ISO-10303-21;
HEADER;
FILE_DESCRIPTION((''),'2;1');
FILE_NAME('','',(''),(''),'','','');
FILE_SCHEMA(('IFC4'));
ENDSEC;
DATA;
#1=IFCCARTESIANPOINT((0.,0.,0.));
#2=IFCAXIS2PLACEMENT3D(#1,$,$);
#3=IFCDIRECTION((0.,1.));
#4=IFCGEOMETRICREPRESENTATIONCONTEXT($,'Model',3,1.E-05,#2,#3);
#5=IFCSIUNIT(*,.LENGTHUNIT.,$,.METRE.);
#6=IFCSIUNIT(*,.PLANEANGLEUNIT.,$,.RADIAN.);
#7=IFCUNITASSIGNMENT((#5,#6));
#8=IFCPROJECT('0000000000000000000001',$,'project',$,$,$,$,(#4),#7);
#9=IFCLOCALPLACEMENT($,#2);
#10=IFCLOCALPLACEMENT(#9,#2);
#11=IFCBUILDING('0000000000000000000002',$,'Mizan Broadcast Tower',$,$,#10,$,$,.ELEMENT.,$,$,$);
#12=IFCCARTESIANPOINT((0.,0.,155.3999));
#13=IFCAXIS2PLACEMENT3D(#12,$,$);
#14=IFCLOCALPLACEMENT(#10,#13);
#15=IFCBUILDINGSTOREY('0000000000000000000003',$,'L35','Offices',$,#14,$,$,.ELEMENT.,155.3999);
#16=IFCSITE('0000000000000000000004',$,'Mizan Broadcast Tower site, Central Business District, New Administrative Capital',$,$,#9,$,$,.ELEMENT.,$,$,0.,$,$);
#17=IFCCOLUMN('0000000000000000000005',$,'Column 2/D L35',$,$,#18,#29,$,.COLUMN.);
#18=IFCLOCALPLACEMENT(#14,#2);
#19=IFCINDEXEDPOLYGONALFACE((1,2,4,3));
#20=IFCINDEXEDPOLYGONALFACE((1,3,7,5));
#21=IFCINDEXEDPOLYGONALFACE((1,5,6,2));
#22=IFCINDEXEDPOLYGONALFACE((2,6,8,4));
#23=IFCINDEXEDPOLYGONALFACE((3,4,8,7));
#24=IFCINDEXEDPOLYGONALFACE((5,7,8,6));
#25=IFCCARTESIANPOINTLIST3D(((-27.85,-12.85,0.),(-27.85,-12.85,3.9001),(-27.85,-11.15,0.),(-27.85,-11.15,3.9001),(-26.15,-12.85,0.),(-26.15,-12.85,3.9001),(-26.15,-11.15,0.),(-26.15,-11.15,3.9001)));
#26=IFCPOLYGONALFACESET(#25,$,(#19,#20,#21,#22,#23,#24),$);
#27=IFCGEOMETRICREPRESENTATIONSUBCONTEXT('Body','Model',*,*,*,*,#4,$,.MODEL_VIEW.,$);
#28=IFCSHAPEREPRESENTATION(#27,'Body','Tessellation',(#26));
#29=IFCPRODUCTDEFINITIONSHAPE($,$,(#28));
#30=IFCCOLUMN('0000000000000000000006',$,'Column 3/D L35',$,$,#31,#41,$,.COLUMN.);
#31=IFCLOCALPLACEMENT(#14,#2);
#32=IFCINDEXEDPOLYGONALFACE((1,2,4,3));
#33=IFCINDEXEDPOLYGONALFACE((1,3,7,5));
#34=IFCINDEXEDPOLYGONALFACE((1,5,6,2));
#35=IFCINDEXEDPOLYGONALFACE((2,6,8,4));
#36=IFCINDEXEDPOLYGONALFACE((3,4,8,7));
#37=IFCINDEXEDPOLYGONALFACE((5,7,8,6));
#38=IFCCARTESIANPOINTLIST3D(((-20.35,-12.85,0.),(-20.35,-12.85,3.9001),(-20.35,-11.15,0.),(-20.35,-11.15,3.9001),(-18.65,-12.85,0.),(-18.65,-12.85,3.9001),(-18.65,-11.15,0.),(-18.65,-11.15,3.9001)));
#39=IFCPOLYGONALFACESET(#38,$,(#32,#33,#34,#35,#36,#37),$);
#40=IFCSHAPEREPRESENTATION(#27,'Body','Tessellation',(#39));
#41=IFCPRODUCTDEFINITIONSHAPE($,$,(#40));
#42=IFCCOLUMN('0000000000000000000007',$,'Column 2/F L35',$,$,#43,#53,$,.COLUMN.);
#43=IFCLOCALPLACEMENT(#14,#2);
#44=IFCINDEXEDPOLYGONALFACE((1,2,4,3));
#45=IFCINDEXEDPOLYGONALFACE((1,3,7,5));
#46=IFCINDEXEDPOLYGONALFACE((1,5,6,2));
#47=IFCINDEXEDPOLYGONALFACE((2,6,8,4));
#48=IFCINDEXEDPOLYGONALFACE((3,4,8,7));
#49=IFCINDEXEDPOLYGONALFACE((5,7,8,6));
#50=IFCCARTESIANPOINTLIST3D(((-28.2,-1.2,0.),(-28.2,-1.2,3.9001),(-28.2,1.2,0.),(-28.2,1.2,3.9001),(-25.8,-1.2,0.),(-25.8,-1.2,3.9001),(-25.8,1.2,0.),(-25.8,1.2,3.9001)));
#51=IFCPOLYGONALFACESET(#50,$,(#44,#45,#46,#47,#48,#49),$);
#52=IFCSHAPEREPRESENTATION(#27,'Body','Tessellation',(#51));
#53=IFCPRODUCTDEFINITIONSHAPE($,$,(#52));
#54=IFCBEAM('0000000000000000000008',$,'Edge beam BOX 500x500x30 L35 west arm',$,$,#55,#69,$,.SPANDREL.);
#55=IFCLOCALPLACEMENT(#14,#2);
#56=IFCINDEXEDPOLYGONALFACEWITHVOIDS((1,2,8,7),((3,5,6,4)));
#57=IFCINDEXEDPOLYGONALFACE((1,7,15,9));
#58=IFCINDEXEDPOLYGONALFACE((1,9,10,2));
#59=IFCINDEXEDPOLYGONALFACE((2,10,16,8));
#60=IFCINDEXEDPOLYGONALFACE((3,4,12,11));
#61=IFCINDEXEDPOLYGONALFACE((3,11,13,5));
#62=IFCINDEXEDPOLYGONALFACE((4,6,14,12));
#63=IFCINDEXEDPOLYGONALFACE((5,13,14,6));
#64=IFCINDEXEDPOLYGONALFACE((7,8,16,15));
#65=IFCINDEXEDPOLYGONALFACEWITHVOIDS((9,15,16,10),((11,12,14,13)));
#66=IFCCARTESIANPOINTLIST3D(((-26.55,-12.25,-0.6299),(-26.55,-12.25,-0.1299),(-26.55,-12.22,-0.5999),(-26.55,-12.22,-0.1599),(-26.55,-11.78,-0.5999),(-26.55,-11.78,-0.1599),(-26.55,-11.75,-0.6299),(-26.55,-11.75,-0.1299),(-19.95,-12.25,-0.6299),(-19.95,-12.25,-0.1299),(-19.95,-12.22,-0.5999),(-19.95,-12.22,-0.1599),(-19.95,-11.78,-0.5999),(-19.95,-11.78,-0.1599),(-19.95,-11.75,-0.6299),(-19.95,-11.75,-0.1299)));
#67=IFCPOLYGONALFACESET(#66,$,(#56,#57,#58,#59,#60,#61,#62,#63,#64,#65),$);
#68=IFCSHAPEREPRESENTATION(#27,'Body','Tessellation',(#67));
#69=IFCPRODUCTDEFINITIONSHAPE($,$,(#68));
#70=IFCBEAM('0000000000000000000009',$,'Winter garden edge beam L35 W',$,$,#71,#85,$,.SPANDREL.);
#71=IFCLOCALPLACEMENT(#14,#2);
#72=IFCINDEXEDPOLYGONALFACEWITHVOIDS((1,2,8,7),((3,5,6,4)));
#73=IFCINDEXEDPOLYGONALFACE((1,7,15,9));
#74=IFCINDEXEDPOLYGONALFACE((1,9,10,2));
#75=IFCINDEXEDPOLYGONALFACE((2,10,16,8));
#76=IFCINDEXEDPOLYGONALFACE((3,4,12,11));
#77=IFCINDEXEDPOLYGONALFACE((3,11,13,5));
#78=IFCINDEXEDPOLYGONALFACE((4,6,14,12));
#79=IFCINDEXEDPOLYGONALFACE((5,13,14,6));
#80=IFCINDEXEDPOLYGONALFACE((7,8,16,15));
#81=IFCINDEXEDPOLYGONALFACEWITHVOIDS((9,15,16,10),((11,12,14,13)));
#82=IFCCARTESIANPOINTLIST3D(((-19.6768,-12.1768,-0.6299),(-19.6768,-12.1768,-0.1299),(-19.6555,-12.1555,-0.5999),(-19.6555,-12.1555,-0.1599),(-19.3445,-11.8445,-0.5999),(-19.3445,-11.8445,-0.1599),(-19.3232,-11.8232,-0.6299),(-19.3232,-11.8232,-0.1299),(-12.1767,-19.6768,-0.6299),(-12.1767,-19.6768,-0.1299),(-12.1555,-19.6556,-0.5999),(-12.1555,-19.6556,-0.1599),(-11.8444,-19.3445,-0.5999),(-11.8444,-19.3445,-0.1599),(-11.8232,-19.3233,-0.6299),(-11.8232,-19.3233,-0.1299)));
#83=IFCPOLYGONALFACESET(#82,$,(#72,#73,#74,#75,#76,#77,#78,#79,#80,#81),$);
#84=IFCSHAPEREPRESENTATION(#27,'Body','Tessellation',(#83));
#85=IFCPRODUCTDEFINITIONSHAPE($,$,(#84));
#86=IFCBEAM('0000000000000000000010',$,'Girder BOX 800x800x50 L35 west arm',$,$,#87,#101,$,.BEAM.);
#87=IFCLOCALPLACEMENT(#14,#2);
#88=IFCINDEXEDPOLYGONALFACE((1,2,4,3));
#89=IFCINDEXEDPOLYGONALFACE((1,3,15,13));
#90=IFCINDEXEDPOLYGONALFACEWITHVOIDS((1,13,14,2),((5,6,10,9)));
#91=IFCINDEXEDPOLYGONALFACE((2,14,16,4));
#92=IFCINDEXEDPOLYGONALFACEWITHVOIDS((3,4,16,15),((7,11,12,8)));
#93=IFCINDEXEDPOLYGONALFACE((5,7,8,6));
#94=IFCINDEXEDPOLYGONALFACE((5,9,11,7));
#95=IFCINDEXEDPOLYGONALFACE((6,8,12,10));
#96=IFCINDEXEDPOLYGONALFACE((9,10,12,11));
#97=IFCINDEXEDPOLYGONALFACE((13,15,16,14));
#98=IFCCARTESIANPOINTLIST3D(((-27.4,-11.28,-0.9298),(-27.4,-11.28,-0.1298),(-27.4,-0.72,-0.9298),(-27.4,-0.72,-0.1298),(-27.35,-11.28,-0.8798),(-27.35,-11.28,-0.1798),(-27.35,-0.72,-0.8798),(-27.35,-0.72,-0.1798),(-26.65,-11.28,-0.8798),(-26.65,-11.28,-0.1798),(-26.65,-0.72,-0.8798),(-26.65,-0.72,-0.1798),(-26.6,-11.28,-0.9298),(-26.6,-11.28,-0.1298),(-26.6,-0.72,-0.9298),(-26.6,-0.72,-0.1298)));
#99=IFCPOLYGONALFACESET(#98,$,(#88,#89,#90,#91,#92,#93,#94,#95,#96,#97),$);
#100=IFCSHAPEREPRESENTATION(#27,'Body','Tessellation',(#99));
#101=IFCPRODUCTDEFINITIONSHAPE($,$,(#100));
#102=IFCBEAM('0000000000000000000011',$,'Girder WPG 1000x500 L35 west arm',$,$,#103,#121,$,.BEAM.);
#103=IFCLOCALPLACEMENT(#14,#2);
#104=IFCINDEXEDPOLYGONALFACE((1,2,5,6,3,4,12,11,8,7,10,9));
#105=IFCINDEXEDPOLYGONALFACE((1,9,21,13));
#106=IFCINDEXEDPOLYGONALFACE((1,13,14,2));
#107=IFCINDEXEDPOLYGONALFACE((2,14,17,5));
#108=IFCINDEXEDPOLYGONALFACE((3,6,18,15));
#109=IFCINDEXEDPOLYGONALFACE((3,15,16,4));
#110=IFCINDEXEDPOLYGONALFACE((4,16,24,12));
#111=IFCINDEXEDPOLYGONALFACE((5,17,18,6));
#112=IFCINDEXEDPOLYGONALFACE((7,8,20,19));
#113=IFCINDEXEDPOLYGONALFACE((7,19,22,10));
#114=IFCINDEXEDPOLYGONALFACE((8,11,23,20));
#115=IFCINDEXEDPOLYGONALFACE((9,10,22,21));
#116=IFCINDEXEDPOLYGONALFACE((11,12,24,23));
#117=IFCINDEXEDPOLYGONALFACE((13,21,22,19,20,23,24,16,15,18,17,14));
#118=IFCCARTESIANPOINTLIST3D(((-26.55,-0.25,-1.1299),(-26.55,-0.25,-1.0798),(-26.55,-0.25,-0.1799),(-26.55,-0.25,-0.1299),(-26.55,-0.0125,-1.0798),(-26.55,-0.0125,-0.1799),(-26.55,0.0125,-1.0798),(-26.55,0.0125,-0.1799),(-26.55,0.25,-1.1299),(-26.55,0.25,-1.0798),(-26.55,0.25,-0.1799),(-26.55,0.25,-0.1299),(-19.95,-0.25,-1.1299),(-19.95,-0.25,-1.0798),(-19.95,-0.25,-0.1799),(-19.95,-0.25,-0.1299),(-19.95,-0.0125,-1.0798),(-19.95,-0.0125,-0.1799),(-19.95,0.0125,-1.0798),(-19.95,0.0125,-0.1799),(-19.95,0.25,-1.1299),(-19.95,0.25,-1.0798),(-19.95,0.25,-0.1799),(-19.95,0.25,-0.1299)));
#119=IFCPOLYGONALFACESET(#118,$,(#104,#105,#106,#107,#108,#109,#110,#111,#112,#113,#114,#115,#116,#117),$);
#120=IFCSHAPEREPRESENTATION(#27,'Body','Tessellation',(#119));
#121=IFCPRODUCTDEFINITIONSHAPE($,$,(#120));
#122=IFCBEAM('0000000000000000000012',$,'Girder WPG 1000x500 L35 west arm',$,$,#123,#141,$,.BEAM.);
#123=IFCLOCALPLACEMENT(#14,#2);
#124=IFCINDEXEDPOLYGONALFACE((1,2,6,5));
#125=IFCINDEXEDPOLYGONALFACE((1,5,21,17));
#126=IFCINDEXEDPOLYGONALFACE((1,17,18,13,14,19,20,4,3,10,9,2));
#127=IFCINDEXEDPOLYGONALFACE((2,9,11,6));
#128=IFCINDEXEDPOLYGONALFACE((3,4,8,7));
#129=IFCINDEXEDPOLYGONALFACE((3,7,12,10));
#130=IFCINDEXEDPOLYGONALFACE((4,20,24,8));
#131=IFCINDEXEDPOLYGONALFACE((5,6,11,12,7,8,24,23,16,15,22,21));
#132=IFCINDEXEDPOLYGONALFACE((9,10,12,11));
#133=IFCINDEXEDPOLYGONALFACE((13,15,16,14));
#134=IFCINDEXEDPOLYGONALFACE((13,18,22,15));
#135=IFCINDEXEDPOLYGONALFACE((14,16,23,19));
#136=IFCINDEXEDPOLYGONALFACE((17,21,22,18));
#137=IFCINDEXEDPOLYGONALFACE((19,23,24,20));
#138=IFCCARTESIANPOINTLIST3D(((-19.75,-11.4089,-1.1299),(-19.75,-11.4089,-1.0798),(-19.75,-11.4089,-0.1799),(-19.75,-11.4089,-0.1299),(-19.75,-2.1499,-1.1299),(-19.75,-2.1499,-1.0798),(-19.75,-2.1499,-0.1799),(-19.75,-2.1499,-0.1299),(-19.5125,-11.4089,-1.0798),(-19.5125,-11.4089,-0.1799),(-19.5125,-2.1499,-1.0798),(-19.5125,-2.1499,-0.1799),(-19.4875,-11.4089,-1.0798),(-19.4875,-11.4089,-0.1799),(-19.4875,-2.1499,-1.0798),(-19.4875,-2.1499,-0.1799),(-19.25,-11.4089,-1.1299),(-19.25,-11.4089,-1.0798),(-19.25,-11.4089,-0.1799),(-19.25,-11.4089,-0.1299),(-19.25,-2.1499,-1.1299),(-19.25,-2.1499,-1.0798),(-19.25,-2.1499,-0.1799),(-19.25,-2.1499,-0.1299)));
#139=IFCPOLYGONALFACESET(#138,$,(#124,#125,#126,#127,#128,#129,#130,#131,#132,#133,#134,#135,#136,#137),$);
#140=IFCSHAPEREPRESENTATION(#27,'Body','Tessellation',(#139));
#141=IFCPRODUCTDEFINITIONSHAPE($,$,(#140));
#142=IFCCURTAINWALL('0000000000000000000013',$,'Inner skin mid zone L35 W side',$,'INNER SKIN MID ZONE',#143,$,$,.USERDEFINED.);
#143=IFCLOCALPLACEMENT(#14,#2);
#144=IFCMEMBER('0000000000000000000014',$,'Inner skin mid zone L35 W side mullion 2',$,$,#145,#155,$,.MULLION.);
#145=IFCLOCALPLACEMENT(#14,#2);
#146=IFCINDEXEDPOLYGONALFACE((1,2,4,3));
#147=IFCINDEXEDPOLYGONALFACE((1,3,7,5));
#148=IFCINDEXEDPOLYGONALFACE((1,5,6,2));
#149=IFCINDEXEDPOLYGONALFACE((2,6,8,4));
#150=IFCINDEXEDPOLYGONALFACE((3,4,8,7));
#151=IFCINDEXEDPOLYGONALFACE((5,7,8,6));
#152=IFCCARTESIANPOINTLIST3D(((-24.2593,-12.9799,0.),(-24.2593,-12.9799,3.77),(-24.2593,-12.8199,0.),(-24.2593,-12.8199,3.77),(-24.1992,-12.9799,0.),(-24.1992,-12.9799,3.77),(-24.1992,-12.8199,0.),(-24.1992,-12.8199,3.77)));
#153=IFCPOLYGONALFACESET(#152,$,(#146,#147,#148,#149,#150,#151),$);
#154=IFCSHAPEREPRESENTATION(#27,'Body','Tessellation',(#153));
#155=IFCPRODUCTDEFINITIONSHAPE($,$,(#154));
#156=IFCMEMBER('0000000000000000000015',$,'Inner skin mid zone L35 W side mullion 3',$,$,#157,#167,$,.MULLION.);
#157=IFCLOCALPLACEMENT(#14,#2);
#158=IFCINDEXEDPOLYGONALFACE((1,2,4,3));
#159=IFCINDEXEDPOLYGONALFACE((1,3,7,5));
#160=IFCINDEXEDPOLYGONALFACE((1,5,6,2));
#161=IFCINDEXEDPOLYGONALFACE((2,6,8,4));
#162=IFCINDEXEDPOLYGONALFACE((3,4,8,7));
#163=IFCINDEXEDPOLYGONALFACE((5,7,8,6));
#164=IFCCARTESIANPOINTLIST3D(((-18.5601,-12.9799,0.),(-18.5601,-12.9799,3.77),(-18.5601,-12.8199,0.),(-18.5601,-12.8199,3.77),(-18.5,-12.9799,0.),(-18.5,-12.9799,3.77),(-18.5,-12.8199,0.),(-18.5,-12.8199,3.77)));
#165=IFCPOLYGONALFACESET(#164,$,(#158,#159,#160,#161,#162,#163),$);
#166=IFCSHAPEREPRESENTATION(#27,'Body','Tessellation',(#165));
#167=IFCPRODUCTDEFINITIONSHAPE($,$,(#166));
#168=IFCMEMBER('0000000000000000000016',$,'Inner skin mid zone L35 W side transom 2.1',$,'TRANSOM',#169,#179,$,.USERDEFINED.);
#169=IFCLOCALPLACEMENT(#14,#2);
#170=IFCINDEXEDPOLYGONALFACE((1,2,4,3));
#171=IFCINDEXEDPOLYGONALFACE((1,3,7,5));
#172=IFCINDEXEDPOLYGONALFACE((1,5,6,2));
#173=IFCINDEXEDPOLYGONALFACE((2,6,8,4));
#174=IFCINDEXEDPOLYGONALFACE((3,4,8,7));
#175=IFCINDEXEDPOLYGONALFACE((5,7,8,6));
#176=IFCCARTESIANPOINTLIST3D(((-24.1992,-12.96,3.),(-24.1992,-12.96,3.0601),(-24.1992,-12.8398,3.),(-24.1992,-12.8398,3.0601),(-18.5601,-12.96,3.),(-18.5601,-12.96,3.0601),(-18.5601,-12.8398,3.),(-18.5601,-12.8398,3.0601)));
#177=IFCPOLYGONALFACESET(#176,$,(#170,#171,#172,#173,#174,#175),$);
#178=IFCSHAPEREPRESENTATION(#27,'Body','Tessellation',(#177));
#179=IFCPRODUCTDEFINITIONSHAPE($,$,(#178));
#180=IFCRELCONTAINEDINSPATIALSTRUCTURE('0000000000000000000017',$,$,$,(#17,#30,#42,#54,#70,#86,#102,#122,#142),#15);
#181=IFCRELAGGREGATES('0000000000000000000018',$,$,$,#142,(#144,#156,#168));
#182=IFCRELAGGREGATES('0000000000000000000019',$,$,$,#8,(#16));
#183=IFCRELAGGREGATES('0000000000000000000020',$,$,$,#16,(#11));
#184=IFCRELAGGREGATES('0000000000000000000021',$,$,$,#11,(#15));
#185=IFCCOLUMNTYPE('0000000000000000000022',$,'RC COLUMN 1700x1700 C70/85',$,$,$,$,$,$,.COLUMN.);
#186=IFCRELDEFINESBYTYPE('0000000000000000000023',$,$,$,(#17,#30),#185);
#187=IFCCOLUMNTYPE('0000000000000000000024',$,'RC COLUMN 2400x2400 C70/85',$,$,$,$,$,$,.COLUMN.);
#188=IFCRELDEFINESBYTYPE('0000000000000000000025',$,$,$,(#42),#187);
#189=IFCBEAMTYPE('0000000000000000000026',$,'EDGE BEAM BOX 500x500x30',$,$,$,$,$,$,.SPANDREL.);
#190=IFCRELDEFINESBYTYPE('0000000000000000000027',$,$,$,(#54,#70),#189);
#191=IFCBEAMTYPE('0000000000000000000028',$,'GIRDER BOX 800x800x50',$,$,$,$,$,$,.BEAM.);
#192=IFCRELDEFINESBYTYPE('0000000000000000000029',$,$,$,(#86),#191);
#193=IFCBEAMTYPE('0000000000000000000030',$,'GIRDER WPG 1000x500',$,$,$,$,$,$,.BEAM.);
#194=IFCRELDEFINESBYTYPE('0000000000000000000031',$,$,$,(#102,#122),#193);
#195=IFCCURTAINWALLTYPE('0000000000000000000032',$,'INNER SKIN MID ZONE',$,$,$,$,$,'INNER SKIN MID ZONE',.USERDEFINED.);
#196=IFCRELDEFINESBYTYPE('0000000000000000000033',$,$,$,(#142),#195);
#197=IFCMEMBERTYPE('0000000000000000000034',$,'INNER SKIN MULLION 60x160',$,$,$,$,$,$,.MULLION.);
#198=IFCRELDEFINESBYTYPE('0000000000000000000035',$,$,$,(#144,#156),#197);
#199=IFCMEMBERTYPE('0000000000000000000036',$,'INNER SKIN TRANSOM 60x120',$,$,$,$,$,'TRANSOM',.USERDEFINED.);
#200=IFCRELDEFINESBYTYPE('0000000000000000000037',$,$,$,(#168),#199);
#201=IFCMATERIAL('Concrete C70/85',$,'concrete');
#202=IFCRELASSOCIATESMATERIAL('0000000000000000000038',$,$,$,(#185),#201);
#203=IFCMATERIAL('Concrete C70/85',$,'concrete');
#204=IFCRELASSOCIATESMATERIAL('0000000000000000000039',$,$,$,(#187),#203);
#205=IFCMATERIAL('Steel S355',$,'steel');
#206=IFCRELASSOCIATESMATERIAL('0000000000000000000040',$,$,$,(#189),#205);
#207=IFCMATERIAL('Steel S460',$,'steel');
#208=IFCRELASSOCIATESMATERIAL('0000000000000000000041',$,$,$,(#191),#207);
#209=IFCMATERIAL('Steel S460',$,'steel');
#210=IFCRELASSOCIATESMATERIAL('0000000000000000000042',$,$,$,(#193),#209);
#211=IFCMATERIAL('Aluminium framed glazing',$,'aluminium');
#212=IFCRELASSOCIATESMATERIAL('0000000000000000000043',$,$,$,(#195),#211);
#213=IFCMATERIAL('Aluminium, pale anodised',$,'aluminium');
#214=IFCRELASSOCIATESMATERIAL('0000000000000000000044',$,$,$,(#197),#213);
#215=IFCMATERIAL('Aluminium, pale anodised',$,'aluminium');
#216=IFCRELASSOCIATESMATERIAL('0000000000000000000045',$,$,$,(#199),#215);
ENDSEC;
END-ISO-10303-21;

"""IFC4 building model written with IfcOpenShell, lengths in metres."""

from ifc_helpers import new_model, si_unit, direction, frame, origin, origin_2d, place, context, subcontext, project, spatial, rectangle, hollow_rectangle, i_section, extrude, material, material_profile, profile_set, type_object, element, aggregate, save


model = new_model("IFC4")

# Units and contexts
model_context = context("Model", 3, precision=1e-05, world=origin(), true_north=direction((0.0, 1.0)))
body_context = subcontext(model_context, "Body", "Model", "MODEL_VIEW")
ifc_project = project(units=[si_unit("LENGTHUNIT", "METRE"), si_unit("PLANEANGLEUNIT", "RADIAN")], contexts=[model_context])

# Site, building, storey
site_placement = place(None, origin())
site = spatial("IfcSite", under=ifc_project, at=site_placement, Name="Mizan Broadcast Tower site, Central Business District, New Administrative Capital", CompositionType="ELEMENT", RefElevation=0.0)
building_placement = place(site_placement, origin())
building = spatial("IfcBuilding", under=site, at=building_placement, Name="Mizan Broadcast Tower", CompositionType="ELEMENT")
storey_placement = place(building_placement, frame((0.0, 0.0, 155.3999)))
storey = spatial("IfcBuildingStorey", under=building, at=storey_placement, Name="L35", Description="Offices", CompositionType="ELEMENT", Elevation=155.3999)

# Columns
ifc_material_1 = material(Name="Concrete C70/85", Category="concrete")
ifc_material_profile_1 = material_profile(ifc_material_1, rectangle(XDim=1.7, YDim=1.7, at=origin_2d()), Name="RC 1700x1700")
ifc_profile_set_1 = profile_set([ifc_material_profile_1], Name="Concrete C70/85")
column_type_1 = type_object("IfcColumnType", Name="RC COLUMN 1700x1700 C70/85", PredefinedType="COLUMN", material=ifc_profile_set_1)
for number, where, z_axis, x_axis, name in (
    (1, (-27.0, -12.0, 0.0), (0.0, 0.0, 1.0), (1.0, 0.0, 0.0), "Column 2/D L35"),
    (2, (-19.5, -12.0, 0.0), (0.0, 0.0, 1.0), (1.0, 0.0, 0.0), "Column 3/D L35"),
):
    element("IfcColumn", number, at=place(storey_placement, frame(where, z_axis=z_axis, x_axis=x_axis)), inside=storey, type_object=column_type_1, Name=name, PredefinedType="COLUMN", context=body_context, shape_type="SweptSolid", body=[
        extrude(rectangle(XDim=1.7, YDim=1.7, at=origin_2d()), origin(), (0.0, 0.0, 1.0), 3.9001),
    ])
ifc_material_2 = material(Name="Concrete C70/85", Category="concrete")
ifc_material_profile_2 = material_profile(ifc_material_2, rectangle(XDim=2.3999, YDim=2.3999, at=origin_2d()), Name="RC 2400x2400")
ifc_profile_set_2 = profile_set([ifc_material_profile_2], Name="Concrete C70/85")
column_type_2 = type_object("IfcColumnType", Name="RC COLUMN 2400x2400 C70/85", PredefinedType="COLUMN", material=ifc_profile_set_2)
column_placement = place(storey_placement, frame((-27.0, 0.0, 0.0), z_axis=(0.0, 0.0, 1.0), x_axis=(1.0, 0.0, 0.0)))
element("IfcColumn", 3, at=column_placement, inside=storey, type_object=column_type_2, Name="Column 2/F L35", PredefinedType="COLUMN", context=body_context, shape_type="SweptSolid", body=[
    extrude(rectangle(XDim=2.3999, YDim=2.3999, at=origin_2d()), origin(), (0.0, 0.0, 1.0), 3.9001),
])

# Beams
ifc_material_3 = material(Name="Steel S355", Category="steel")
ifc_material_profile_3 = material_profile(ifc_material_3, hollow_rectangle(XDim=0.5, YDim=0.5, WallThickness=0.03, at=origin_2d()), Name="BOX 500x500x30")
ifc_profile_set_3 = profile_set([ifc_material_profile_3], Name="Steel S355")
beam_type_1 = type_object("IfcBeamType", Name="EDGE BEAM BOX 500x500x30", PredefinedType="SPANDREL", material=ifc_profile_set_3)
beam_1_placement = place(storey_placement, frame((-19.95, -12.0, -0.3799), z_axis=(-1.0, 0.0, 0.0), x_axis=(0.0, -1.0, 0.0)))
element("IfcBeam", 4, at=beam_1_placement, inside=storey, type_object=beam_type_1, Name="Edge beam BOX 500x500x30 L35 west arm", PredefinedType="SPANDREL", context=body_context, shape_type="SweptSolid", body=[
    extrude(hollow_rectangle(XDim=0.5, YDim=0.5, WallThickness=0.03, at=origin_2d()), origin(), (0.0, 0.0, 1.0), 6.6001),
])
beam_2_placement = place(storey_placement, frame((-19.5, -12.0, -0.3799), z_axis=(0.707107, -0.707107, 0.0), x_axis=(0.707107, 0.707107, 0.0)))
element("IfcBeam", 5, at=beam_2_placement, inside=storey, type_object=beam_type_1, Name="Winter garden edge beam L35 W", PredefinedType="SPANDREL", context=body_context, shape_type="SweptSolid", body=[
    extrude(hollow_rectangle(XDim=0.5, YDim=0.5, WallThickness=0.03, at=origin_2d()), origin(), (0.0, 0.0, 1.0), 10.6067),
])
ifc_material_4 = material(Name="Steel S460", Category="steel")
ifc_material_profile_4 = material_profile(ifc_material_4, hollow_rectangle(XDim=0.8, YDim=0.8, WallThickness=0.05, at=origin_2d()), Name="BOX 800x800x50")
ifc_profile_set_4 = profile_set([ifc_material_profile_4], Name="Steel S460")
beam_type_2 = type_object("IfcBeamType", Name="GIRDER BOX 800x800x50", PredefinedType="BEAM", material=ifc_profile_set_4)
beam_3_placement = place(storey_placement, frame((-27.0, -11.28, -0.5298), z_axis=(0.0, 1.0, 0.0), x_axis=(-1.0, 0.0, 0.0)))
element("IfcBeam", 6, at=beam_3_placement, inside=storey, type_object=beam_type_2, Name="Girder BOX 800x800x50 L35 west arm", PredefinedType="BEAM", context=body_context, shape_type="SweptSolid", body=[
    extrude(hollow_rectangle(XDim=0.8, YDim=0.8, WallThickness=0.05, at=origin_2d()), origin(), (0.0, 0.0, 1.0), 10.5601),
])
ifc_material_5 = material(Name="Steel S460", Category="steel")
ifc_material_profile_5 = material_profile(ifc_material_5, i_section(OverallWidth=0.5, OverallDepth=1.0, WebThickness=0.0249, FlangeThickness=0.05, at=origin_2d()), Name="WPG 1000x500")
ifc_profile_set_5 = profile_set([ifc_material_profile_5], Name="Steel S460")
beam_type_3 = type_object("IfcBeamType", Name="GIRDER WPG 1000x500", PredefinedType="BEAM", material=ifc_profile_set_5)
beam_4_placement = place(storey_placement, frame((-19.95, 0.0, -0.6299), z_axis=(-1.0, 0.0, 0.0), x_axis=(0.0, -1.0, 0.0)))
element("IfcBeam", 7, at=beam_4_placement, inside=storey, type_object=beam_type_3, Name="Girder WPG 1000x500 L35 west arm", PredefinedType="BEAM", context=body_context, shape_type="SweptSolid", body=[
    extrude(i_section(OverallWidth=0.5, OverallDepth=1.0, WebThickness=0.0249, FlangeThickness=0.05, at=origin_2d()), origin(), (0.0, 0.0, 1.0), 6.6001),
])
beam_5_placement = place(storey_placement, frame((-19.5, -11.4089, -0.6299), z_axis=(0.0, 1.0, 0.0), x_axis=(-1.0, 0.0, 0.0)))
element("IfcBeam", 8, at=beam_5_placement, inside=storey, type_object=beam_type_3, Name="Girder WPG 1000x500 L35 west arm", PredefinedType="BEAM", context=body_context, shape_type="SweptSolid", body=[
    extrude(i_section(OverallWidth=0.5, OverallDepth=1.0, WebThickness=0.0249, FlangeThickness=0.05, at=origin_2d()), origin(), (0.0, 0.0, 1.0), 9.259),
])

# Curtain wall, members
ifc_material_6 = material(Name="Aluminium framed glazing", Category="aluminium")
curtain_wall_type_1 = type_object("IfcCurtainWallType", Name="INNER SKIN MID ZONE", ElementType="INNER SKIN MID ZONE", PredefinedType="USERDEFINED", material=ifc_material_6)
curtain_wall_1_placement = place(storey_placement, origin())
curtain_wall_1 = element("IfcCurtainWall", 9, at=curtain_wall_1_placement, inside=storey, type_object=curtain_wall_type_1, Name="Inner skin mid zone L35 W side", ObjectType="INNER SKIN MID ZONE", PredefinedType="USERDEFINED")
ifc_material_7 = material(Name="Aluminium, pale anodised", Category="aluminium")
ifc_material_profile_6 = material_profile(ifc_material_7, rectangle(XDim=0.1599, YDim=0.0601, at=origin_2d()), Name="MULLION 160x60")
ifc_profile_set_6 = profile_set([ifc_material_profile_6], Name="Aluminium, pale anodised")
member_type_1 = type_object("IfcMemberType", Name="INNER SKIN MULLION 60x160", PredefinedType="MULLION", material=ifc_profile_set_6)
member_1_placement = place(storey_placement, frame((-24.2292, -12.8999, 0.0), z_axis=(0.0, 0.0, 1.0), x_axis=(0.0, 1.0, 0.0)))
member_1 = element("IfcMember", 10, at=member_1_placement, type_object=member_type_1, Name="Inner skin mid zone L35 W side mullion 2", PredefinedType="MULLION", context=body_context, shape_type="SweptSolid", body=[
    extrude(rectangle(XDim=0.1599, YDim=0.0601, at=origin_2d()), origin(), (0.0, 0.0, 1.0), 3.77),
])
member_2_placement = place(storey_placement, frame((-18.53, -12.8999, 0.0), z_axis=(0.0, 0.0, 1.0), x_axis=(0.0, 1.0, 0.0)))
member_2 = element("IfcMember", 11, at=member_2_placement, type_object=member_type_1, Name="Inner skin mid zone L35 W side mullion 3", PredefinedType="MULLION", context=body_context, shape_type="SweptSolid", body=[
    extrude(rectangle(XDim=0.1599, YDim=0.0601, at=origin_2d()), origin(), (0.0, 0.0, 1.0), 3.77),
])
ifc_material_8 = material(Name="Aluminium, pale anodised", Category="aluminium")
ifc_material_profile_7 = material_profile(ifc_material_8, rectangle(XDim=0.1201, YDim=0.0601, at=origin_2d()), Name="TRANSOM 120x60")
ifc_profile_set_7 = profile_set([ifc_material_profile_7], Name="Aluminium, pale anodised")
member_type_2 = type_object("IfcMemberType", Name="INNER SKIN TRANSOM 60x120", ElementType="TRANSOM", PredefinedType="USERDEFINED", material=ifc_profile_set_7)
member_3_placement = place(storey_placement, frame((-24.1992, -12.8999, 3.03), z_axis=(1.0, 0.0, 0.0), x_axis=(0.0, 1.0, 0.0)))
member_3 = element("IfcMember", 12, at=member_3_placement, type_object=member_type_2, Name="Inner skin mid zone L35 W side transom 2.1", ObjectType="TRANSOM", PredefinedType="USERDEFINED", context=body_context, shape_type="SweptSolid", body=[
    extrude(rectangle(XDim=0.1201, YDim=0.0601, at=origin_2d()), origin(), (0.0, 0.0, 1.0), 5.6392),
])

aggregate(curtain_wall_1, [member_1, member_2, member_3])

save(model, "model.ifc")
